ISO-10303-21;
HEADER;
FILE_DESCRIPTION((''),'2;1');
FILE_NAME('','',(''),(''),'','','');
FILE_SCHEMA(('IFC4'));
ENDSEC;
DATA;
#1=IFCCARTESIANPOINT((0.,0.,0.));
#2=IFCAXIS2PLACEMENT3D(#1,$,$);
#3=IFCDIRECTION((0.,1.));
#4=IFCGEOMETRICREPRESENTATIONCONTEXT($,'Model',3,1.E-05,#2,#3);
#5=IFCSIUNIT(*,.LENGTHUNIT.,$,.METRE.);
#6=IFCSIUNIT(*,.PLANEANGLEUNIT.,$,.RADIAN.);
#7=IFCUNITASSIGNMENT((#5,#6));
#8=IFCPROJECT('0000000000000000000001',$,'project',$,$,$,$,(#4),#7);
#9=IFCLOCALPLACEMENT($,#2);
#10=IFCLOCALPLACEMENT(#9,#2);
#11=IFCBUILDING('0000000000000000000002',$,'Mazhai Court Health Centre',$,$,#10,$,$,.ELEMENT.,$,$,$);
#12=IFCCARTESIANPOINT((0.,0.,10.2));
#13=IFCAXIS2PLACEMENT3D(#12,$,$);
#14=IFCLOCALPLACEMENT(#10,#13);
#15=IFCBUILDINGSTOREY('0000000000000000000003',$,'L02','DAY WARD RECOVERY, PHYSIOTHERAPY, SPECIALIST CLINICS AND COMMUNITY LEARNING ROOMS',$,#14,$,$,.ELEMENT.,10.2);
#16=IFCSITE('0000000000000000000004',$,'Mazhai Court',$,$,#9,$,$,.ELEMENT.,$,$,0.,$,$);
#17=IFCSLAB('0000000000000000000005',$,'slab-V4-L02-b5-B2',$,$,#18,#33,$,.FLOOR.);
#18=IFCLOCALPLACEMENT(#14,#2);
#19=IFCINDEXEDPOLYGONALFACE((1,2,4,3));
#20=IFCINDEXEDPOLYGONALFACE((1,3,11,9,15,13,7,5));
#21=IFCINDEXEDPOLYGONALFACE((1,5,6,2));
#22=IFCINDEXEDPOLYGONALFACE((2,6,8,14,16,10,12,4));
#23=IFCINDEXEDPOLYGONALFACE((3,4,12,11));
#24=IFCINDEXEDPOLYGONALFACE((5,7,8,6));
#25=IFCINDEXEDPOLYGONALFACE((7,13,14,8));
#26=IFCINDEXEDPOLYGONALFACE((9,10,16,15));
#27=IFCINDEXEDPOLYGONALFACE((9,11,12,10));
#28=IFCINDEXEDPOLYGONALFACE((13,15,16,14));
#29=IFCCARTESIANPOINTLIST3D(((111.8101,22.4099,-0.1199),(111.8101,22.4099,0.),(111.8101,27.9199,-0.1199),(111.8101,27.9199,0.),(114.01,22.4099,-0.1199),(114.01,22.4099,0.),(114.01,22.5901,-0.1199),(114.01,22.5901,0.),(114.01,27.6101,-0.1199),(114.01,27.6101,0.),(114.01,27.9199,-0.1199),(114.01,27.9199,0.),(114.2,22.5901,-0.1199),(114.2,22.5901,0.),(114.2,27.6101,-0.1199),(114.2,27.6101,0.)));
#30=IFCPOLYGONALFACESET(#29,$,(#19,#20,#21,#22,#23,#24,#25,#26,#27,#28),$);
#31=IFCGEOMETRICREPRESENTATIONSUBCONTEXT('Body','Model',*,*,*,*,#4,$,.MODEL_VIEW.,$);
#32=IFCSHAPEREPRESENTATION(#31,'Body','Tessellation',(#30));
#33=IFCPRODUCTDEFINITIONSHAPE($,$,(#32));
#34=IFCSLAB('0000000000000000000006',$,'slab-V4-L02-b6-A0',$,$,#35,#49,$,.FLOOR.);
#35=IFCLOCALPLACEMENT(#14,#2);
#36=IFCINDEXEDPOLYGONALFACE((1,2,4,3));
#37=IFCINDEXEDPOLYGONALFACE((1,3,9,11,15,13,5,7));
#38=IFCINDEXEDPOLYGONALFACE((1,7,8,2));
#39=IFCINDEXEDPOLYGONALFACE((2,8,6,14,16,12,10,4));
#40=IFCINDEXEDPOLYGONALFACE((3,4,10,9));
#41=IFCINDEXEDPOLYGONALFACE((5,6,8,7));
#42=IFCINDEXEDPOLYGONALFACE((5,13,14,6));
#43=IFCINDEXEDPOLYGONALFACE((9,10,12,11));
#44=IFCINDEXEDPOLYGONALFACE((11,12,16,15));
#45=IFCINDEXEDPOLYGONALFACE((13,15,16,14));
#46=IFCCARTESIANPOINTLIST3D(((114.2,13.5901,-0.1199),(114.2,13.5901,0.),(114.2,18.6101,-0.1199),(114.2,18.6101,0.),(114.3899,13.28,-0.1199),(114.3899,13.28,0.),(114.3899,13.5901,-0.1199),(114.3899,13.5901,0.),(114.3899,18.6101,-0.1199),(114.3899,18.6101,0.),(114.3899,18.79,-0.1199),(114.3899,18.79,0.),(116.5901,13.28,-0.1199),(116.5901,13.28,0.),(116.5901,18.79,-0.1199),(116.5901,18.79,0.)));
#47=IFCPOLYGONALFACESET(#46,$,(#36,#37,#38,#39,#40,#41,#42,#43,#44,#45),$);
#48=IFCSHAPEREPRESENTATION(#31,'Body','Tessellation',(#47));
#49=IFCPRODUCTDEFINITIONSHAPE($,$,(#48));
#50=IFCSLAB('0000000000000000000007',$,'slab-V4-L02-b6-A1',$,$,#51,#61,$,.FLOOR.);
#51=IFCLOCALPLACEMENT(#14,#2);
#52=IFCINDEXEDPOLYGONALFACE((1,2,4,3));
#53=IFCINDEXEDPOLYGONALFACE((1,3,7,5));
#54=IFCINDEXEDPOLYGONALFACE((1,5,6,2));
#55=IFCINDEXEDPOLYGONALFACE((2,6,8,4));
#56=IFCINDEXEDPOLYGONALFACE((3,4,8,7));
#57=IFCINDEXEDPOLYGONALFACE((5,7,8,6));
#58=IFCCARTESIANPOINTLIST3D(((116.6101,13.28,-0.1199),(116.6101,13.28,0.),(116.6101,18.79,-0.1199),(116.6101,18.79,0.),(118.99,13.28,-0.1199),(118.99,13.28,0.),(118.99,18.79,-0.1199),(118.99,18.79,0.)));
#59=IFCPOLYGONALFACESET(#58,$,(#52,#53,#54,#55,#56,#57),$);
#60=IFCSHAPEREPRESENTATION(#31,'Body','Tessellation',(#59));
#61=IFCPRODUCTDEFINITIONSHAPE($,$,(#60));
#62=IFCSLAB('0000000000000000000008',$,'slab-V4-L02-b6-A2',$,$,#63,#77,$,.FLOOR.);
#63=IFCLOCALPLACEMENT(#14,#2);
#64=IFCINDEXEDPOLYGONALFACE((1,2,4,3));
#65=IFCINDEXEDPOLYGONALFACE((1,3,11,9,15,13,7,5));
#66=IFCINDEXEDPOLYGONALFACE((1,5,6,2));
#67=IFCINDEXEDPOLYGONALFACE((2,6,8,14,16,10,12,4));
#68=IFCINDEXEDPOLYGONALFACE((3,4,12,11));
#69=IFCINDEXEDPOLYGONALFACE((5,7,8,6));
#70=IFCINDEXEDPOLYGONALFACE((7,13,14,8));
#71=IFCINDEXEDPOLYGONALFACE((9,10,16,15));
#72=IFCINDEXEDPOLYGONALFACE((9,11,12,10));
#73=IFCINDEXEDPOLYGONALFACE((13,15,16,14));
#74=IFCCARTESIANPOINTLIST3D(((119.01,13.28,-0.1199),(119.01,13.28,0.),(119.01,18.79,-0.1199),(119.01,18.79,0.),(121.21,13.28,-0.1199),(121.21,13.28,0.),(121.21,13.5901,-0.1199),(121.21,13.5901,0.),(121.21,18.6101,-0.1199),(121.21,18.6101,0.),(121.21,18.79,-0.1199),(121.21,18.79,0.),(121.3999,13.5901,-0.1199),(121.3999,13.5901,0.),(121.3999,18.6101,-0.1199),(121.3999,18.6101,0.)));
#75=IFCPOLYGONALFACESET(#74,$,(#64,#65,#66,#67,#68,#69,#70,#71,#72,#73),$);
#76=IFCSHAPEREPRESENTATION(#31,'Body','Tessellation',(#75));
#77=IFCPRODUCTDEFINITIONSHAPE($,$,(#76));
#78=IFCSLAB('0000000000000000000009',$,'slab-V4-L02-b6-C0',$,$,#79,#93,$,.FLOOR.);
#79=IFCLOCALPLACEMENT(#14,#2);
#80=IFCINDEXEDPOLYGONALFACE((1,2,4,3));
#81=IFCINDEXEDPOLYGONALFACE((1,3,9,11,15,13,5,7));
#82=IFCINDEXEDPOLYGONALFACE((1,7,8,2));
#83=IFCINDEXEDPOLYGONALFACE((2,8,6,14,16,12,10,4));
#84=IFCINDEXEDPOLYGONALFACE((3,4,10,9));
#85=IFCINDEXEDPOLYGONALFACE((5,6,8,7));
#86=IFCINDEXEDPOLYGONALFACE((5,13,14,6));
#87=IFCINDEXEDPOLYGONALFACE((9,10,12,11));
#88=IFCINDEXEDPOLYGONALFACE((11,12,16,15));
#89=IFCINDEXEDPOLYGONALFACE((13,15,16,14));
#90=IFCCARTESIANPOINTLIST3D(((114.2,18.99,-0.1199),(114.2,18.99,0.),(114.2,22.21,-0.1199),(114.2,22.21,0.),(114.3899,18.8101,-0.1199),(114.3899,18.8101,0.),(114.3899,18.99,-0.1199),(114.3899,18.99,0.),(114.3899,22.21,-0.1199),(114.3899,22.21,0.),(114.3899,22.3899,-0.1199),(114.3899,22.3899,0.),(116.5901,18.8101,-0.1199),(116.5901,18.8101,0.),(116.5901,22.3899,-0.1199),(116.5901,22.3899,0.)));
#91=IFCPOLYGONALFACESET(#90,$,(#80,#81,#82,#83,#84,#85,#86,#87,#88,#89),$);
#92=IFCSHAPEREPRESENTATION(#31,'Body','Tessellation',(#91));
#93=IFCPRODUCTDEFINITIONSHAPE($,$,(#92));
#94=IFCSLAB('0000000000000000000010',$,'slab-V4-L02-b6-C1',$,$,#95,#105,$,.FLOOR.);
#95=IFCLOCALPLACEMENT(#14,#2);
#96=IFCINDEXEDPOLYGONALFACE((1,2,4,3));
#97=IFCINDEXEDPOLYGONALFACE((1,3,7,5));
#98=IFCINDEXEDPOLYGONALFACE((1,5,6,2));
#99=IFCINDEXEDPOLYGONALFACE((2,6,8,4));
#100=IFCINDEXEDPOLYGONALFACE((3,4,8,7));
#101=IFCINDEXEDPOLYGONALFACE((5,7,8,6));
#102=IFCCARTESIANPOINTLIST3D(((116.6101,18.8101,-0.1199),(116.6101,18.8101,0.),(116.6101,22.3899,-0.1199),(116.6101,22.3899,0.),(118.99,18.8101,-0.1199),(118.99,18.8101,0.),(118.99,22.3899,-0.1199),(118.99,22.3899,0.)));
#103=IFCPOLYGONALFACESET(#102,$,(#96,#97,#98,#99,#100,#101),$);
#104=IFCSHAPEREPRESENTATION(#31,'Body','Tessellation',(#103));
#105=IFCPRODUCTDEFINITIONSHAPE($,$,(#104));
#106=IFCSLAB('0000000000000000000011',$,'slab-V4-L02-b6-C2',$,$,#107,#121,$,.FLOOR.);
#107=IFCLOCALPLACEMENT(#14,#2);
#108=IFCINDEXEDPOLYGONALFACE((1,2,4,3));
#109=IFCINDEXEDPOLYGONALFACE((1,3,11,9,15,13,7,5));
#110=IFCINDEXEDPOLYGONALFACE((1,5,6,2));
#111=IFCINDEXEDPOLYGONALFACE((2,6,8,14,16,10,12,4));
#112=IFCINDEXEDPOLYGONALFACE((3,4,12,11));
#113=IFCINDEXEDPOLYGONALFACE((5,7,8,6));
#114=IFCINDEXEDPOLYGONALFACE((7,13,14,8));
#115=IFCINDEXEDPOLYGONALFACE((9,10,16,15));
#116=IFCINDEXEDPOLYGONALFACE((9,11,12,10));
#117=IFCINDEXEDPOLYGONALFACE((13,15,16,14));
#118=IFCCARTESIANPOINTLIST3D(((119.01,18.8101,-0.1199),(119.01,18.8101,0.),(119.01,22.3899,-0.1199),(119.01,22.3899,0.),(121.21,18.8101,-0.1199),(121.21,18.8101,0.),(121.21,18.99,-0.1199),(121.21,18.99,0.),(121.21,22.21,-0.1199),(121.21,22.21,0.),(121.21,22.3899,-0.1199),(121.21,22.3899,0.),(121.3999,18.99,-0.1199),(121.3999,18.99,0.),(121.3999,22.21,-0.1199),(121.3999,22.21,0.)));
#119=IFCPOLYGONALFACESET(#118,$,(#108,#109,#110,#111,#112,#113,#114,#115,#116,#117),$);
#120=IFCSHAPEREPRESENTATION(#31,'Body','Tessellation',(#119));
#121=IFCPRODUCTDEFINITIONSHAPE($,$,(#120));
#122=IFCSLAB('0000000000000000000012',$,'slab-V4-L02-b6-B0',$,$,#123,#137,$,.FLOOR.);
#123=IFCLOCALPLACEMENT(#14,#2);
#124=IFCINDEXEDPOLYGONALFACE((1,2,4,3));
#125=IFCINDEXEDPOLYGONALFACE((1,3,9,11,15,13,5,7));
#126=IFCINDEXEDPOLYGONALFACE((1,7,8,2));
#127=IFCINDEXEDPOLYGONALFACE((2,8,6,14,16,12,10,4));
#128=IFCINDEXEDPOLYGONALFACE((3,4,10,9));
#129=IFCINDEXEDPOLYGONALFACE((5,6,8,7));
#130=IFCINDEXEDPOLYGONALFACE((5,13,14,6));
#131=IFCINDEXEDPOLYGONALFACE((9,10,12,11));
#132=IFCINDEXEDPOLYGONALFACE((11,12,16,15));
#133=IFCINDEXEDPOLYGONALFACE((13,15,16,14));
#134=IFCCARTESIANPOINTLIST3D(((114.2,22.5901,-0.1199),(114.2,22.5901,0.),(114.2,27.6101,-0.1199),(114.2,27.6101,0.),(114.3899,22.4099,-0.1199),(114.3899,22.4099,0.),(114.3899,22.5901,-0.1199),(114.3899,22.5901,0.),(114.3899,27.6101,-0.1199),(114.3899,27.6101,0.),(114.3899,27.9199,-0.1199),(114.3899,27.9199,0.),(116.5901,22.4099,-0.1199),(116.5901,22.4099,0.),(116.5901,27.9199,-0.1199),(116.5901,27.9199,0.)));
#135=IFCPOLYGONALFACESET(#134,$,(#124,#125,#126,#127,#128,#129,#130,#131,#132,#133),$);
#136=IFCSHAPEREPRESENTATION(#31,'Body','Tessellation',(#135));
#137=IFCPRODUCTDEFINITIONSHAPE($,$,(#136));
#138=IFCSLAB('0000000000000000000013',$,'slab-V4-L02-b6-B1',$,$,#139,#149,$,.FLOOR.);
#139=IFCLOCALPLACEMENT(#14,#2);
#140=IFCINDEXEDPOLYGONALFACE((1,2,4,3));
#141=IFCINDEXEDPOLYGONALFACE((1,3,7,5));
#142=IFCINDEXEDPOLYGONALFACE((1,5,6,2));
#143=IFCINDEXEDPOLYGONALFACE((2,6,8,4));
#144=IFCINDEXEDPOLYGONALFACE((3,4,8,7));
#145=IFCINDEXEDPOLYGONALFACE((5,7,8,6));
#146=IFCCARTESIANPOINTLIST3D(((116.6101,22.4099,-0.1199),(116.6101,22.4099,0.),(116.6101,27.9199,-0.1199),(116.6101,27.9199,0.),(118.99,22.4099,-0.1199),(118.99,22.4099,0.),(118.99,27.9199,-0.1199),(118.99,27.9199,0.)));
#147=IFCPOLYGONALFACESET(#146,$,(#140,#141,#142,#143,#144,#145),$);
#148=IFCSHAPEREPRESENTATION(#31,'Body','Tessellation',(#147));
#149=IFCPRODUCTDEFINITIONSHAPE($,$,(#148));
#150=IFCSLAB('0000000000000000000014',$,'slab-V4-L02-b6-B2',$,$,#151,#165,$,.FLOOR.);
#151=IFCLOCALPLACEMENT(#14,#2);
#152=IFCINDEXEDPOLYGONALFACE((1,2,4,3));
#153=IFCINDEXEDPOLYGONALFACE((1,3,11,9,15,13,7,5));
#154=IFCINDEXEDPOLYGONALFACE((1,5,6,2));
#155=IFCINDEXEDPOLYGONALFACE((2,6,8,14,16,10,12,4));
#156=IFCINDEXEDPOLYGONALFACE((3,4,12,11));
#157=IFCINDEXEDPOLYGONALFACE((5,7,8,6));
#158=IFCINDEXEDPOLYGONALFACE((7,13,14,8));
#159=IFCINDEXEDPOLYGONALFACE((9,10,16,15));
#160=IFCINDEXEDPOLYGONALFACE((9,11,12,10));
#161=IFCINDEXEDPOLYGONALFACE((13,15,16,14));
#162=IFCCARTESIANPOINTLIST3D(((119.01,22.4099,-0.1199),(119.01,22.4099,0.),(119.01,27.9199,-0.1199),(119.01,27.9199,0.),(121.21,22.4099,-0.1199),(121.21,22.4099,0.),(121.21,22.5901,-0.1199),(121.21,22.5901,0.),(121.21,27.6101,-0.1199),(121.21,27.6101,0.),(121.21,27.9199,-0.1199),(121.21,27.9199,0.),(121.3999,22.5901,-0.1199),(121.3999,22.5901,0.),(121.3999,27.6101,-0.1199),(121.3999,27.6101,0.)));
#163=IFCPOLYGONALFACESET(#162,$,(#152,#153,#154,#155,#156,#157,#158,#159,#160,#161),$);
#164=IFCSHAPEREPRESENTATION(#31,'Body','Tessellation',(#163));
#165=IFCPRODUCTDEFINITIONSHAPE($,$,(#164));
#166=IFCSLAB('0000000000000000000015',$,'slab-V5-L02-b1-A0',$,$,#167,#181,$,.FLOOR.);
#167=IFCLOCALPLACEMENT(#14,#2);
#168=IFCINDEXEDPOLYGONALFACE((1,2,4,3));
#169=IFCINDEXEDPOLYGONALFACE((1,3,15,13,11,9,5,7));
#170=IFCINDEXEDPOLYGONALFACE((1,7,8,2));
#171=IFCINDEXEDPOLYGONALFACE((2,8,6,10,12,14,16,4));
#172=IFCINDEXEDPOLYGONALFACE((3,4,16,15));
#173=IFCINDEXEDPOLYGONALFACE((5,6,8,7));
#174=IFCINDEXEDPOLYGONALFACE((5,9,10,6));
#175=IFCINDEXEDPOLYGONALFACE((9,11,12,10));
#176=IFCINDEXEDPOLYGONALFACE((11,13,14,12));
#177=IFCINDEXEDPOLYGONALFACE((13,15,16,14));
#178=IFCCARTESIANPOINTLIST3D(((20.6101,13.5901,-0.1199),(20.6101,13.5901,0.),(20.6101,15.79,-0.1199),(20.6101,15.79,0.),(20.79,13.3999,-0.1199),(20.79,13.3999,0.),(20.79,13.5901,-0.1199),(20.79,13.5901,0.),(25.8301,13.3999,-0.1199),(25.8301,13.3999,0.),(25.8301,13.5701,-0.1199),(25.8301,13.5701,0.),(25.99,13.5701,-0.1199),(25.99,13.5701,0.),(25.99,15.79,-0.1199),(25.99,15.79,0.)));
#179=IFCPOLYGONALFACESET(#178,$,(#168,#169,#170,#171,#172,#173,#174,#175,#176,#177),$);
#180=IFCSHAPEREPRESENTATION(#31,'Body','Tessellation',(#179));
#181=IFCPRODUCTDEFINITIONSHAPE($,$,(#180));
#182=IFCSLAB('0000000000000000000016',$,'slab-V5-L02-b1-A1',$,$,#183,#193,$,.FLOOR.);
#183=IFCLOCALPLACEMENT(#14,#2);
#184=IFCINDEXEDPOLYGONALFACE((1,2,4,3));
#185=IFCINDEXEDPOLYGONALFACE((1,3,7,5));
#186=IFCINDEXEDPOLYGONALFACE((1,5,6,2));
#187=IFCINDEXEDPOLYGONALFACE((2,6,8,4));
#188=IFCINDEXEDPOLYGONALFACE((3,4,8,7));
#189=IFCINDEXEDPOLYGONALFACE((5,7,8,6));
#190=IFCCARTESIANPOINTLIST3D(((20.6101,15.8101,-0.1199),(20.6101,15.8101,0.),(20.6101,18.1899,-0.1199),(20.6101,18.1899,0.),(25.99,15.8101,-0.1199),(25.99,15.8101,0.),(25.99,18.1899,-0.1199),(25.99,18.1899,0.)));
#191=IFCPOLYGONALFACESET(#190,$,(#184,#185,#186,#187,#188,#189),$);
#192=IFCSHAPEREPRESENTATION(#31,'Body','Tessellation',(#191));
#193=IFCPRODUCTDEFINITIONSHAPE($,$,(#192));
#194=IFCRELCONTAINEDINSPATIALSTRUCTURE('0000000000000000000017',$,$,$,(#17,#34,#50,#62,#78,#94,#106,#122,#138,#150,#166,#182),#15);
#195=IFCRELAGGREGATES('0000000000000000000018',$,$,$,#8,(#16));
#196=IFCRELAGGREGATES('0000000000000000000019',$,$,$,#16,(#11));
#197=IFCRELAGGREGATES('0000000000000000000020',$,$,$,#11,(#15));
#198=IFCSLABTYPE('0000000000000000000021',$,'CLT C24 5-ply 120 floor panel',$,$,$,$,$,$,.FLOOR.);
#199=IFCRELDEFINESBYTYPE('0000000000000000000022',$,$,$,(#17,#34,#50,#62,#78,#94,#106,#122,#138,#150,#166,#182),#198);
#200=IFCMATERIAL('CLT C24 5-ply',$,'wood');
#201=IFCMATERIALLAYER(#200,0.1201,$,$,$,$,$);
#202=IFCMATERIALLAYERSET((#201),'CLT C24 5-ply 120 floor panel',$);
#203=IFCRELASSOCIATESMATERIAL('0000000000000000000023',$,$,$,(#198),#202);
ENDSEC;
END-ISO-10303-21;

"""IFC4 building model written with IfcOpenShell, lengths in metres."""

from ifc_helpers import new_model, si_unit, direction, frame, origin, place, context, subcontext, project, spatial, polyline, outline, extrude, material, layer, layer_set, type_object, element, save


model = new_model("IFC4")

# Units and contexts
model_context = context("Model", 3, precision=1e-05, world=origin(), true_north=direction((0.0, 1.0)))
body_context = subcontext(model_context, "Body", "Model", "MODEL_VIEW")
ifc_project = project(units=[si_unit("LENGTHUNIT", "METRE"), si_unit("PLANEANGLEUNIT", "RADIAN")], contexts=[model_context])

# Site, building, storey
site_placement = place(None, origin())
site = spatial("IfcSite", under=ifc_project, at=site_placement, Name="Mazhai Court", CompositionType="ELEMENT", RefElevation=0.0)
building_placement = place(site_placement, origin())
building = spatial("IfcBuilding", under=site, at=building_placement, Name="Mazhai Court Health Centre", CompositionType="ELEMENT")
storey_placement = place(building_placement, frame((0.0, 0.0, 10.2)))
storey = spatial("IfcBuildingStorey", under=building, at=storey_placement, Name="L02", Description="DAY WARD RECOVERY, PHYSIOTHERAPY, SPECIALIST CLINICS AND COMMUNITY LEARNING ROOMS", CompositionType="ELEMENT", Elevation=10.2)

# Slabs
ifc_material = material(Name="CLT C24 5-ply", Category="wood")
ifc_layer = layer(ifc_material, 0.1201)
ifc_layer_set = layer_set([ifc_layer], Name="CLT C24 5-ply 120 floor panel")
slab_type = type_object("IfcSlabType", Name="CLT C24 5-ply 120 floor panel", PredefinedType="FLOOR", material=ifc_layer_set)
slab_1_placement = place(storey_placement, frame((0.0, 0.0, -0.1199)))
element("IfcSlab", 1, at=slab_1_placement, inside=storey, type_object=slab_type, Name="slab-V4-L02-b5-B2", PredefinedType="FLOOR", context=body_context, shape_type="SweptSolid", body=[
    extrude(outline(polyline([(114.2, 22.5901), (114.2, 27.6101), (114.01, 27.6101), (114.01, 27.9199), (111.8101, 27.9199), (111.8101, 22.4099), (114.01, 22.4099), (114.01, 22.5901), (114.2, 22.5901)])), origin(), (0.0, 0.0, 1.0), 0.1199),
])
slab_2_placement = place(storey_placement, frame((0.0, 0.0, -0.1199)))
element("IfcSlab", 2, at=slab_2_placement, inside=storey, type_object=slab_type, Name="slab-V4-L02-b6-A0", PredefinedType="FLOOR", context=body_context, shape_type="SweptSolid", body=[
    extrude(outline(polyline([(116.5901, 18.79), (114.3899, 18.79), (114.3899, 18.6101), (114.2, 18.6101), (114.2, 13.5901), (114.3899, 13.5901), (114.3899, 13.28), (116.5901, 13.28), (116.5901, 18.79)])), origin(), (0.0, 0.0, 1.0), 0.1199),
])
slab_3_placement = place(storey_placement, frame((0.0, 0.0, -0.1199)))
element("IfcSlab", 3, at=slab_3_placement, inside=storey, type_object=slab_type, Name="slab-V4-L02-b6-A1", PredefinedType="FLOOR", context=body_context, shape_type="SweptSolid", body=[
    extrude(outline(polyline([(116.6101, 13.28), (118.99, 13.28), (118.99, 18.79), (116.6101, 18.79), (116.6101, 13.28)])), origin(), (0.0, 0.0, 1.0), 0.1199),
])
slab_4_placement = place(storey_placement, frame((0.0, 0.0, -0.1199)))
element("IfcSlab", 4, at=slab_4_placement, inside=storey, type_object=slab_type, Name="slab-V4-L02-b6-A2", PredefinedType="FLOOR", context=body_context, shape_type="SweptSolid", body=[
    extrude(outline(polyline([(121.3999, 13.5901), (121.3999, 18.6101), (121.21, 18.6101), (121.21, 18.79), (119.01, 18.79), (119.01, 13.28), (121.21, 13.28), (121.21, 13.5901), (121.3999, 13.5901)])), origin(), (0.0, 0.0, 1.0), 0.1199),
])
slab_5_placement = place(storey_placement, frame((0.0, 0.0, -0.1199)))
element("IfcSlab", 5, at=slab_5_placement, inside=storey, type_object=slab_type, Name="slab-V4-L02-b6-C0", PredefinedType="FLOOR", context=body_context, shape_type="SweptSolid", body=[
    extrude(outline(polyline([(116.5901, 22.3899), (114.3899, 22.3899), (114.3899, 22.21), (114.2, 22.21), (114.2, 18.99), (114.3899, 18.99), (114.3899, 18.8101), (116.5901, 18.8101), (116.5901, 22.3899)])), origin(), (0.0, 0.0, 1.0), 0.1199),
])
slab_6_placement = place(storey_placement, frame((0.0, 0.0, -0.1199)))
element("IfcSlab", 6, at=slab_6_placement, inside=storey, type_object=slab_type, Name="slab-V4-L02-b6-C1", PredefinedType="FLOOR", context=body_context, shape_type="SweptSolid", body=[
    extrude(outline(polyline([(116.6101, 18.8101), (118.99, 18.8101), (118.99, 22.3899), (116.6101, 22.3899), (116.6101, 18.8101)])), origin(), (0.0, 0.0, 1.0), 0.1199),
])
slab_7_placement = place(storey_placement, frame((0.0, 0.0, -0.1199)))
element("IfcSlab", 7, at=slab_7_placement, inside=storey, type_object=slab_type, Name="slab-V4-L02-b6-C2", PredefinedType="FLOOR", context=body_context, shape_type="SweptSolid", body=[
    extrude(outline(polyline([(121.3999, 18.99), (121.3999, 22.21), (121.21, 22.21), (121.21, 22.3899), (119.01, 22.3899), (119.01, 18.8101), (121.21, 18.8101), (121.21, 18.99), (121.3999, 18.99)])), origin(), (0.0, 0.0, 1.0), 0.1199),
])
slab_8_placement = place(storey_placement, frame((0.0, 0.0, -0.1199)))
element("IfcSlab", 8, at=slab_8_placement, inside=storey, type_object=slab_type, Name="slab-V4-L02-b6-B0", PredefinedType="FLOOR", context=body_context, shape_type="SweptSolid", body=[
    extrude(outline(polyline([(116.5901, 27.9199), (114.3899, 27.9199), (114.3899, 27.6101), (114.2, 27.6101), (114.2, 22.5901), (114.3899, 22.5901), (114.3899, 22.4099), (116.5901, 22.4099), (116.5901, 27.9199)])), origin(), (0.0, 0.0, 1.0), 0.1199),
])
slab_9_placement = place(storey_placement, frame((0.0, 0.0, -0.1199)))
element("IfcSlab", 9, at=slab_9_placement, inside=storey, type_object=slab_type, Name="slab-V4-L02-b6-B1", PredefinedType="FLOOR", context=body_context, shape_type="SweptSolid", body=[
    extrude(outline(polyline([(116.6101, 22.4099), (118.99, 22.4099), (118.99, 27.9199), (116.6101, 27.9199), (116.6101, 22.4099)])), origin(), (0.0, 0.0, 1.0), 0.1199),
])
slab_10_placement = place(storey_placement, frame((0.0, 0.0, -0.1199)))
element("IfcSlab", 10, at=slab_10_placement, inside=storey, type_object=slab_type, Name="slab-V4-L02-b6-B2", PredefinedType="FLOOR", context=body_context, shape_type="SweptSolid", body=[
    extrude(outline(polyline([(121.3999, 22.5901), (121.3999, 27.6101), (121.21, 27.6101), (121.21, 27.9199), (119.01, 27.9199), (119.01, 22.4099), (121.21, 22.4099), (121.21, 22.5901), (121.3999, 22.5901)])), origin(), (0.0, 0.0, 1.0), 0.1199),
])
slab_11_placement = place(storey_placement, frame((0.0, 0.0, -0.1199)))
element("IfcSlab", 11, at=slab_11_placement, inside=storey, type_object=slab_type, Name="slab-V5-L02-b1-A0", PredefinedType="FLOOR", context=body_context, shape_type="SweptSolid", body=[
    extrude(outline(polyline([(20.6101, 15.79), (20.6101, 13.5901), (20.79, 13.5901), (20.79, 13.3999), (25.8301, 13.3999), (25.8301, 13.5701), (25.99, 13.5701), (25.99, 15.79), (20.6101, 15.79)])), origin(), (0.0, 0.0, 1.0), 0.1199),
])
slab_12_placement = place(storey_placement, frame((0.0, 0.0, -0.1199)))
element("IfcSlab", 12, at=slab_12_placement, inside=storey, type_object=slab_type, Name="slab-V5-L02-b1-A1", PredefinedType="FLOOR", context=body_context, shape_type="SweptSolid", body=[
    extrude(outline(polyline([(20.6101, 15.8101), (25.99, 15.8101), (25.99, 18.1899), (20.6101, 18.1899), (20.6101, 15.8101)])), origin(), (0.0, 0.0, 1.0), 0.1199),
])

save(model, "model.ifc")
